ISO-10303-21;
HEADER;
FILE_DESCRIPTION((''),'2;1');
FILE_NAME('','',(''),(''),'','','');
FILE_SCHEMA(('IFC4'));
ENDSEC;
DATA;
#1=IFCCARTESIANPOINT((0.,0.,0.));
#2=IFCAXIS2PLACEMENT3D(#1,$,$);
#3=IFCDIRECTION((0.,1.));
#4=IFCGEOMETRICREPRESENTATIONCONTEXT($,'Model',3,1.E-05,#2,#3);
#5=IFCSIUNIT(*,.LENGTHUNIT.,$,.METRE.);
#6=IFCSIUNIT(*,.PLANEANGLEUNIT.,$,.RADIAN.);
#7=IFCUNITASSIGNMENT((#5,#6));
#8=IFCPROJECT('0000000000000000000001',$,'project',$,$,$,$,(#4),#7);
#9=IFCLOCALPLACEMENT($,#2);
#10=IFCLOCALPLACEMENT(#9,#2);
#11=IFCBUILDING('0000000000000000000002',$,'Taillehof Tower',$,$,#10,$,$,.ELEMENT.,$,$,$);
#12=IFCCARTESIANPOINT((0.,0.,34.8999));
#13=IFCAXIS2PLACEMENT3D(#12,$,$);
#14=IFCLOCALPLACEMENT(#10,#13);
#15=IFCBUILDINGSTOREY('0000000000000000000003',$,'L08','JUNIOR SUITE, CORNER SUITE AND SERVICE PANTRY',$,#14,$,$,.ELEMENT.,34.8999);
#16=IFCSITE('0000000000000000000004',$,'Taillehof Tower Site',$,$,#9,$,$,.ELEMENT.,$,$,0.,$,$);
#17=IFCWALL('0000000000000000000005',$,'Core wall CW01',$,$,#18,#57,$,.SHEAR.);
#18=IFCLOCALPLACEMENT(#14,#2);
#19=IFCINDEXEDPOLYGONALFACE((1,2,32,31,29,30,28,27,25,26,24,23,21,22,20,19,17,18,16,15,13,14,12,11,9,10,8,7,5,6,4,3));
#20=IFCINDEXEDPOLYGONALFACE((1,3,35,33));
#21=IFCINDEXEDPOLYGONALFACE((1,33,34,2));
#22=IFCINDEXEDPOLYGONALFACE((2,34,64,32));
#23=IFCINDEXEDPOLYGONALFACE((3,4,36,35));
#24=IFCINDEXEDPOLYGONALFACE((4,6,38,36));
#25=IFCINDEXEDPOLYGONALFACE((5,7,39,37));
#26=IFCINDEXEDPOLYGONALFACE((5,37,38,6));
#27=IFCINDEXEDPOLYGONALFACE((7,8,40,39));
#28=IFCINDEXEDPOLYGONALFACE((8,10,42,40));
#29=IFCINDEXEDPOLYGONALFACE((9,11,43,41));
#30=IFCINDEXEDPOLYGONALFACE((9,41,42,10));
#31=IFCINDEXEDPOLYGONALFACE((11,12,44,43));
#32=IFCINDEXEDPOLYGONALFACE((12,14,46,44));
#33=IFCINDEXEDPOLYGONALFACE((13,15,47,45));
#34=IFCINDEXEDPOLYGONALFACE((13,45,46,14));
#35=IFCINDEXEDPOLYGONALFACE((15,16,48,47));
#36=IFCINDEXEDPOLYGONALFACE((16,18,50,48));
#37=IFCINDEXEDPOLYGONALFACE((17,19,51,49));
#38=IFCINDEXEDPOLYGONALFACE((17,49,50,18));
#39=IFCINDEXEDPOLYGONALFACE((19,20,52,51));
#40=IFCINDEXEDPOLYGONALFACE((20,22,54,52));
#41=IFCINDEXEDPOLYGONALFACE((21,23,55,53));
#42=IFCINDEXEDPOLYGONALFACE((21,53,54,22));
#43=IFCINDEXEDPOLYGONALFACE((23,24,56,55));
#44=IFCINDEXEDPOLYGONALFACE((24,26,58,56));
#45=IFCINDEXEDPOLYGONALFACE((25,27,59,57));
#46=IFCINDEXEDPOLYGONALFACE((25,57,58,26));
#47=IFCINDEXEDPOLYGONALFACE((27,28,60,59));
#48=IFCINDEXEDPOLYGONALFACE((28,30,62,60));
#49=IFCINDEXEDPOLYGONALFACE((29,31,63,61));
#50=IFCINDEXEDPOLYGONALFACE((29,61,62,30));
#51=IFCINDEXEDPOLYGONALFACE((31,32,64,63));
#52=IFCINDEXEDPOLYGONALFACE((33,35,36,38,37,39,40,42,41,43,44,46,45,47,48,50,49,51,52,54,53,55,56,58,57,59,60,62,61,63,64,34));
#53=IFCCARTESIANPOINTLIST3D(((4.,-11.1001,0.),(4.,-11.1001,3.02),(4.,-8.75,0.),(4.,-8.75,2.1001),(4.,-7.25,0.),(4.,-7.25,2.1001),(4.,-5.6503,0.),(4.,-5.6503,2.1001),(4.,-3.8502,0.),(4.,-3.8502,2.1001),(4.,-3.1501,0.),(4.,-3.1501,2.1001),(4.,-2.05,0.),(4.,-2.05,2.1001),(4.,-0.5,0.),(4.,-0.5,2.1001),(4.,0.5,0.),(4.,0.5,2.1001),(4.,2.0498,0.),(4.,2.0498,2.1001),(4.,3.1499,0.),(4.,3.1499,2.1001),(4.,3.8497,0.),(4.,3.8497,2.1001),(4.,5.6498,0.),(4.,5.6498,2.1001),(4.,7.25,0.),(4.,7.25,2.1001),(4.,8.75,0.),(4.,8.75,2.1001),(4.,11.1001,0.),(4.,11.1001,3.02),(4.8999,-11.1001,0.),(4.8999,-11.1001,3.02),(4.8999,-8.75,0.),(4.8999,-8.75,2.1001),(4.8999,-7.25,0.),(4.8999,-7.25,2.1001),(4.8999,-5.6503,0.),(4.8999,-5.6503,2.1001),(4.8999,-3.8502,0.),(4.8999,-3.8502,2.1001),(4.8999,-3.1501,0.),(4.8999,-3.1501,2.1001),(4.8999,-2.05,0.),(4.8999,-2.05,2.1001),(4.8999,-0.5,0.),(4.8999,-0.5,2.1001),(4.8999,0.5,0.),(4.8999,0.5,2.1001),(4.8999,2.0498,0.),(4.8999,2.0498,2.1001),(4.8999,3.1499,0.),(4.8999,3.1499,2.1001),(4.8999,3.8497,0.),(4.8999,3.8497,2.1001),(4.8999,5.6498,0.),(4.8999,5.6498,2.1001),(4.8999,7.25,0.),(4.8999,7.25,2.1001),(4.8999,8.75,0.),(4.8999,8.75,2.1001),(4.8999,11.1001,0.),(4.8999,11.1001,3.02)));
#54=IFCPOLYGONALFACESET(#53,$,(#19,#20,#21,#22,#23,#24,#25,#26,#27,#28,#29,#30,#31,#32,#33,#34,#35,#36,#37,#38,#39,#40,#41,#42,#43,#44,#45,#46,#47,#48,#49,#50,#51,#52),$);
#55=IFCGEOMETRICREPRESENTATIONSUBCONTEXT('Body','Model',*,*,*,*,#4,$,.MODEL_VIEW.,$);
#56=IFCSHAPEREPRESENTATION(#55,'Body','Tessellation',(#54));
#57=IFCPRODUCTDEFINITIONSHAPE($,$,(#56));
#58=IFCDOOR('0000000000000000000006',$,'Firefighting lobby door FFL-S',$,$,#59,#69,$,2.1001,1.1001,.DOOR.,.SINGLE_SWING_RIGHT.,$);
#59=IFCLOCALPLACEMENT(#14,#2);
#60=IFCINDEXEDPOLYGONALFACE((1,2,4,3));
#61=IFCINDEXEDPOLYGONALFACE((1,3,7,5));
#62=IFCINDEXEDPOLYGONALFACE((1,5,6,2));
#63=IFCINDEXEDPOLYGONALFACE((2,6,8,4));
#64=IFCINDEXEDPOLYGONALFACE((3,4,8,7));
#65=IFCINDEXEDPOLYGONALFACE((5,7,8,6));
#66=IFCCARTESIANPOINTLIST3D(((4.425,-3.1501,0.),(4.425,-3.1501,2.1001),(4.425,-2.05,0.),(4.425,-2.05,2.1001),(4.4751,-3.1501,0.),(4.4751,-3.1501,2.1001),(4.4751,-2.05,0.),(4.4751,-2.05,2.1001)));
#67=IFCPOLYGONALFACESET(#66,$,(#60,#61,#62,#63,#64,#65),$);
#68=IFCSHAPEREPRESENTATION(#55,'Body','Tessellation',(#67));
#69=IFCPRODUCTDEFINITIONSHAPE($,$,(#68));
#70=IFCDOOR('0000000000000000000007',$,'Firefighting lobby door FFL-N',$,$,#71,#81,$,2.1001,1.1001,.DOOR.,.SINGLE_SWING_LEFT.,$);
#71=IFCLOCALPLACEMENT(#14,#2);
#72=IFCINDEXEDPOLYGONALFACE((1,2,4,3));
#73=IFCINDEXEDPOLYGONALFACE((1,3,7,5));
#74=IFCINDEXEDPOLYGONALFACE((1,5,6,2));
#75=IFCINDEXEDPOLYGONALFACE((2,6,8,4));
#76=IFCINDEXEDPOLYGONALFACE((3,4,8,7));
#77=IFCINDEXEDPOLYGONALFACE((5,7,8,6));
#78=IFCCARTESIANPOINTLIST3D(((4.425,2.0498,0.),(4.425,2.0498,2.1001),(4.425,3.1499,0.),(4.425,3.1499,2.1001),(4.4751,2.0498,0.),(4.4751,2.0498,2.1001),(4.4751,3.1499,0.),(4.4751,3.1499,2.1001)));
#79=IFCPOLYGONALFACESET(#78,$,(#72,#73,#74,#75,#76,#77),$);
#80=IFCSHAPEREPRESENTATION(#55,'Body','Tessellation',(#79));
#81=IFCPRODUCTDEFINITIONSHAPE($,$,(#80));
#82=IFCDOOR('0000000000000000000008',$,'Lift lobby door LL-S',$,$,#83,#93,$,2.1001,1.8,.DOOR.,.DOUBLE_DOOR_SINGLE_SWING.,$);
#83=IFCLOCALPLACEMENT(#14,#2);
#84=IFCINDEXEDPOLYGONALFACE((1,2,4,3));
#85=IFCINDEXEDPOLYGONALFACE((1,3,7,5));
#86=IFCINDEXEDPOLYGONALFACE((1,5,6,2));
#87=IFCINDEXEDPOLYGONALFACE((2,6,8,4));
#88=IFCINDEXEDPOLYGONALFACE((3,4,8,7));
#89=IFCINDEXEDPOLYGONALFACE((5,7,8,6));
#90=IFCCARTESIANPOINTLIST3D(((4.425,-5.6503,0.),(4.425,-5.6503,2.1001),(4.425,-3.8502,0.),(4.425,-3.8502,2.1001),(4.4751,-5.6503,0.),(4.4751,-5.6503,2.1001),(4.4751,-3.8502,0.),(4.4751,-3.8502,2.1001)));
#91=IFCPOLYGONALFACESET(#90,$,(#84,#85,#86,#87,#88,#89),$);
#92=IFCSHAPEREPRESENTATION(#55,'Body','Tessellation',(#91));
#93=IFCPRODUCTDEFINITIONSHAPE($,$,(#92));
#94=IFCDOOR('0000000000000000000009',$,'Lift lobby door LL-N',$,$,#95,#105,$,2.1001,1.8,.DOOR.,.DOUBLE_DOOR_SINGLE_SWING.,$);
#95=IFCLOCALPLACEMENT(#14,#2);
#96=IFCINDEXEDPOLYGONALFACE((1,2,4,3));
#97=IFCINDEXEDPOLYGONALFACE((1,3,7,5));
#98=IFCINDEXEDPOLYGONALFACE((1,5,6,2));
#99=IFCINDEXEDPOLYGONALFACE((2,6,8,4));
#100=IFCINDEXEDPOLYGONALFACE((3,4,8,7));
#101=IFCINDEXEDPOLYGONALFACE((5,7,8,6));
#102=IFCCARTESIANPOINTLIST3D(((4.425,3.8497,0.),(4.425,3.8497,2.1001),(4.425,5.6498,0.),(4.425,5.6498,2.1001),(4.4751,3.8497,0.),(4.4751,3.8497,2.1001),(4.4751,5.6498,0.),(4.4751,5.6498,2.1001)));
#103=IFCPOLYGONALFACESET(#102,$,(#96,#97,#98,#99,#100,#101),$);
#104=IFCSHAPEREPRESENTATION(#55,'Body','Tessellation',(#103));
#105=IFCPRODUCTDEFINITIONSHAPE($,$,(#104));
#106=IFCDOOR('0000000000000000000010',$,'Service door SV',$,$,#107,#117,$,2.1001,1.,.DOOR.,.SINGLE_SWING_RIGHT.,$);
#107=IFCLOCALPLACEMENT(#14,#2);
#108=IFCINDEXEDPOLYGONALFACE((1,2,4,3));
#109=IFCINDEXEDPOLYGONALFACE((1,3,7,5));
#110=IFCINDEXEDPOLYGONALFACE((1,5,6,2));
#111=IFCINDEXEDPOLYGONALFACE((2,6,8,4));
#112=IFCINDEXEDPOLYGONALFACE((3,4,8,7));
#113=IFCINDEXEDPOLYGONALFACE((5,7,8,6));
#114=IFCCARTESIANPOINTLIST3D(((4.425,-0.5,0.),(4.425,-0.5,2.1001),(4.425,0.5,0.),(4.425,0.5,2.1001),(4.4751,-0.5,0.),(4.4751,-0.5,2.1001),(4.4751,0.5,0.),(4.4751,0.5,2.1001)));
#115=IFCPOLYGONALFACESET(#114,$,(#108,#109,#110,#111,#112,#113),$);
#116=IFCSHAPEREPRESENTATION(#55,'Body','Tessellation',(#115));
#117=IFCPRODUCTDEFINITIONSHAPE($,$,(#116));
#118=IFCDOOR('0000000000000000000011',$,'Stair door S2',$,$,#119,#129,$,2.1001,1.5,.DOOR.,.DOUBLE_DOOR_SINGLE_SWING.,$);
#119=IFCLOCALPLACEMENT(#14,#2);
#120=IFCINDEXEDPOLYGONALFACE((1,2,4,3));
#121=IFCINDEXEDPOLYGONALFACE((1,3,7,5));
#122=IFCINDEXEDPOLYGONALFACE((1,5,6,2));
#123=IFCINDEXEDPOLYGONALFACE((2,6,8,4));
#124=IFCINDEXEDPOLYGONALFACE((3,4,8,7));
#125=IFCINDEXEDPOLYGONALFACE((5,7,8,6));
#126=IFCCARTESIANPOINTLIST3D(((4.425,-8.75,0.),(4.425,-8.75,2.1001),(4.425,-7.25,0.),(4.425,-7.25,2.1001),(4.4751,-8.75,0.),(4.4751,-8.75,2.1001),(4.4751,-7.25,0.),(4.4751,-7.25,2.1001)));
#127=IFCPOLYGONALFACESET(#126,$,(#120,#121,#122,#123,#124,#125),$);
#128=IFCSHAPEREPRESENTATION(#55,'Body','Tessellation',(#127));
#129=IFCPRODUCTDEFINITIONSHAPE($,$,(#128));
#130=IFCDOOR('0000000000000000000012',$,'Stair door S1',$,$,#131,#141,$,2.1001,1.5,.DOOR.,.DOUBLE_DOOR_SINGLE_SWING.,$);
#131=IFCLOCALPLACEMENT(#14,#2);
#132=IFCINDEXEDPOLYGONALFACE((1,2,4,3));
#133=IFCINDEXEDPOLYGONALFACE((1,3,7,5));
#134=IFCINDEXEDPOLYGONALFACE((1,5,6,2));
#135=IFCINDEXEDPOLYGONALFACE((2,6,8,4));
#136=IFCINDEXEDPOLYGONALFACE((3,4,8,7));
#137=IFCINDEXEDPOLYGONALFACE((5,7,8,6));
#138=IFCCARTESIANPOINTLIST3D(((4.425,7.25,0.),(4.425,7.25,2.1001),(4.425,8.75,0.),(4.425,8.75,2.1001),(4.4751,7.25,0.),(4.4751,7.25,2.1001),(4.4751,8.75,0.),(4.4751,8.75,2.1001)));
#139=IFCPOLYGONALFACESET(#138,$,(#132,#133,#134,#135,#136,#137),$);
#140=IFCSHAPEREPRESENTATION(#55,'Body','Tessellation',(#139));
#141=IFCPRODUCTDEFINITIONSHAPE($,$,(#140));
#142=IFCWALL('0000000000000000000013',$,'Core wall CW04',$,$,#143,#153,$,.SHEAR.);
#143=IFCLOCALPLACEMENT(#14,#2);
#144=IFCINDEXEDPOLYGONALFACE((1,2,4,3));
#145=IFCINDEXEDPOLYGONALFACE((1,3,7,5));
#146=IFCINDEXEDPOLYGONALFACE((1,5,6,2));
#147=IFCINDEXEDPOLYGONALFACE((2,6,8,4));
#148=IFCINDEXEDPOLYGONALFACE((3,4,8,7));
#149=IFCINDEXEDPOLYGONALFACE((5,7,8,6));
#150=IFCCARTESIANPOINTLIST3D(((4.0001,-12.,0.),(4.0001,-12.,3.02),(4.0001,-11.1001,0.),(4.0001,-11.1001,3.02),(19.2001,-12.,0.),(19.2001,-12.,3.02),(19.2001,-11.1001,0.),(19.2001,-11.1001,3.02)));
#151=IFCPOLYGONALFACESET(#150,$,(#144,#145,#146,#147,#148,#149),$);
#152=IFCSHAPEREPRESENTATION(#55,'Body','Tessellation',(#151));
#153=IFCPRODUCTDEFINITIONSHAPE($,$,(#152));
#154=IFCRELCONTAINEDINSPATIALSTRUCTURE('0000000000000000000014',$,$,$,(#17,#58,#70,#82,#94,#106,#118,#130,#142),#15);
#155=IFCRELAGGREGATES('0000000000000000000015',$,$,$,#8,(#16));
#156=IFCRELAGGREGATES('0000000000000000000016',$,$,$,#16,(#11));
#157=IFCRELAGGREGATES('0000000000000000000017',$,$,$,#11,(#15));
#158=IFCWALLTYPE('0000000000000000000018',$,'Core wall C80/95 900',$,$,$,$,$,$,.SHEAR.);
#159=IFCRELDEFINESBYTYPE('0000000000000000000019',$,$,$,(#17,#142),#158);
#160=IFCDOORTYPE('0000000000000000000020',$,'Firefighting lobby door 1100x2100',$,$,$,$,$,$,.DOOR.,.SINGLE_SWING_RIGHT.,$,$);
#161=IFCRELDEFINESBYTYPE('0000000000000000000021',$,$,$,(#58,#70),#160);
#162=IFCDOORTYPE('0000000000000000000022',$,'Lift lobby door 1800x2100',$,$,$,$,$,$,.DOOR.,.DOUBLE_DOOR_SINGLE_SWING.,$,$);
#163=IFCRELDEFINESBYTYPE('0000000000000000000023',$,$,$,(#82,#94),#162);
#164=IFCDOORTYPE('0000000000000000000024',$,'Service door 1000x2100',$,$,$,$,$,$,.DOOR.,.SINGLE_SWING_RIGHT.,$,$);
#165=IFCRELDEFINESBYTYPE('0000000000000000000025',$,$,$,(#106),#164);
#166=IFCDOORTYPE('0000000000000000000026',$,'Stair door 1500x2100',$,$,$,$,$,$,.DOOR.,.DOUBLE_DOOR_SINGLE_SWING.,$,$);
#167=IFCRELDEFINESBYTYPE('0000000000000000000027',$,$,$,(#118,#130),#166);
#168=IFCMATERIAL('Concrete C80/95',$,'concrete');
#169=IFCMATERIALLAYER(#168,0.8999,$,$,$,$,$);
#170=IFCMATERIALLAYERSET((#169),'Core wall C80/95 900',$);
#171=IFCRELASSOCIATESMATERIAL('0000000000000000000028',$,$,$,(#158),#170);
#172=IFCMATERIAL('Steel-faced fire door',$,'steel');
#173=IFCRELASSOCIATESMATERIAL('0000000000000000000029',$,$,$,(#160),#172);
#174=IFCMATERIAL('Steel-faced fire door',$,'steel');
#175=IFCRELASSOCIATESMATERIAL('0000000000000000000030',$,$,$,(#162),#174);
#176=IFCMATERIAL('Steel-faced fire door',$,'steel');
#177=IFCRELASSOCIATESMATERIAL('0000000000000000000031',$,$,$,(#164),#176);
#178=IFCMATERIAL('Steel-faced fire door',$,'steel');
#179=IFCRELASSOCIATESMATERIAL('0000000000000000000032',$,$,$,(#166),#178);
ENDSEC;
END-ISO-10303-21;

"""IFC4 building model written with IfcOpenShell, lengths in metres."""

from ifc_helpers import new_model, si_unit, direction, frame, frame_2d, origin, place, context, subcontext, project, spatial, rectangle, extrude, material, layer, layer_set, type_object, element, fill, save


model = new_model("IFC4")

# Units and contexts
model_context = context("Model", 3, precision=1e-05, world=origin(), true_north=direction((0.0, 1.0)))
body_context = subcontext(model_context, "Body", "Model", "MODEL_VIEW")
ifc_project = project(units=[si_unit("LENGTHUNIT", "METRE"), si_unit("PLANEANGLEUNIT", "RADIAN")], contexts=[model_context])

# Site, building, storey
site_placement = place(None, origin())
site = spatial("IfcSite", under=ifc_project, at=site_placement, Name="Taillehof Tower Site", CompositionType="ELEMENT", RefElevation=0.0)
building_placement = place(site_placement, origin())
building = spatial("IfcBuilding", under=site, at=building_placement, Name="Taillehof Tower", CompositionType="ELEMENT")
storey_placement = place(building_placement, frame((0.0, 0.0, 34.8999)))
storey = spatial("IfcBuildingStorey", under=building, at=storey_placement, Name="L08", Description="JUNIOR SUITE, CORNER SUITE AND SERVICE PANTRY", CompositionType="ELEMENT", Elevation=34.8999)

# Wall, openings, doors
ifc_material_1 = material(Name="Concrete C80/95", Category="concrete")
ifc_layer_1 = layer(ifc_material_1, 0.8999)
ifc_layer_set_1 = layer_set([ifc_layer_1], Name="Core wall C80/95 900")
wall_type_1 = type_object("IfcWallType", Name="Core wall C80/95 900", PredefinedType="SHEAR", material=ifc_layer_set_1)
wall_1_placement = place(storey_placement, frame((4.45, -11.1001, 0.0), z_axis=(0.0, 0.0, 1.0), x_axis=(0.0, 1.0, 0.0)))
wall_1 = element("IfcWall", 1, at=wall_1_placement, inside=storey, type_object=wall_type_1, Name="Core wall CW01", PredefinedType="SHEAR", context=body_context, shape_type="SweptSolid", body=[
    extrude(rectangle(XDim=22.2002, YDim=0.8999, at=frame_2d((11.1001, 0.0))), origin(), (0.0, 0.0, 1.0), 3.02),
])
opening_1_placement = place(wall_1_placement, frame((2.3501, 0.0, 0.0)))
opening_1 = element("IfcOpeningElement", 2, at=opening_1_placement, cuts=wall_1, PredefinedType="OPENING", context=body_context, shape_type="SweptSolid", body=[
    extrude(rectangle(XDim=1.5, YDim=2.1001, at=frame_2d((0.75, 1.05))), frame((0.0, 0.46, 0.0), z_axis=(0.0, -1.0, 0.0), x_axis=(1.0, 0.0, 0.0)), (0.0, 0.0, 1.0), 0.9199),
])
opening_2_placement = place(wall_1_placement, frame((5.45, 0.0, 0.0)))
opening_2 = element("IfcOpeningElement", 3, at=opening_2_placement, cuts=wall_1, PredefinedType="OPENING", context=body_context, shape_type="SweptSolid", body=[
    extrude(rectangle(XDim=1.8, YDim=2.1001, at=frame_2d((0.8999, 1.05))), frame((0.0, 0.46, 0.0), z_axis=(0.0, -1.0, 0.0), x_axis=(1.0, 0.0, 0.0)), (0.0, 0.0, 1.0), 0.9199),
])
opening_3_placement = place(wall_1_placement, frame((7.95, 0.0, 0.0)))
opening_3 = element("IfcOpeningElement", 4, at=opening_3_placement, cuts=wall_1, PredefinedType="OPENING", context=body_context, shape_type="SweptSolid", body=[
    extrude(rectangle(XDim=1.1001, YDim=2.1001, at=frame_2d((0.55, 1.05))), frame((0.0, 0.46, 0.0), z_axis=(0.0, -1.0, 0.0), x_axis=(1.0, 0.0, 0.0)), (0.0, 0.0, 1.0), 0.9199),
])
opening_4_placement = place(wall_1_placement, frame((10.6001, 0.0, 0.0)))
opening_4 = element("IfcOpeningElement", 5, at=opening_4_placement, cuts=wall_1, PredefinedType="OPENING", context=body_context, shape_type="SweptSolid", body=[
    extrude(rectangle(XDim=1.0, YDim=2.1001, at=frame_2d((0.5, 1.05))), frame((0.0, 0.46, 0.0), z_axis=(0.0, -1.0, 0.0), x_axis=(1.0, 0.0, 0.0)), (0.0, 0.0, 1.0), 0.9199),
])
opening_5_placement = place(wall_1_placement, frame((13.1499, 0.0, 0.0)))
opening_5 = element("IfcOpeningElement", 6, at=opening_5_placement, cuts=wall_1, PredefinedType="OPENING", context=body_context, shape_type="SweptSolid", body=[
    extrude(rectangle(XDim=1.1001, YDim=2.1001, at=frame_2d((0.55, 1.05))), frame((0.0, 0.46, 0.0), z_axis=(0.0, -1.0, 0.0), x_axis=(1.0, 0.0, 0.0)), (0.0, 0.0, 1.0), 0.9199),
])
opening_6_placement = place(wall_1_placement, frame((14.95, 0.0, 0.0)))
opening_6 = element("IfcOpeningElement", 7, at=opening_6_placement, cuts=wall_1, PredefinedType="OPENING", context=body_context, shape_type="SweptSolid", body=[
    extrude(rectangle(XDim=1.8, YDim=2.1001, at=frame_2d((0.8999, 1.05))), frame((0.0, 0.46, 0.0), z_axis=(0.0, -1.0, 0.0), x_axis=(1.0, 0.0, 0.0)), (0.0, 0.0, 1.0), 0.9199),
])
opening_7_placement = place(wall_1_placement, frame((18.3501, 0.0, 0.0)))
opening_7 = element("IfcOpeningElement", 8, at=opening_7_placement, cuts=wall_1, PredefinedType="OPENING", context=body_context, shape_type="SweptSolid", body=[
    extrude(rectangle(XDim=1.5, YDim=2.1001, at=frame_2d((0.75, 1.05))), frame((0.0, 0.46, 0.0), z_axis=(0.0, -1.0, 0.0), x_axis=(1.0, 0.0, 0.0)), (0.0, 0.0, 1.0), 0.9199),
])
ifc_material_2 = material(Name="Steel-faced fire door", Category="steel")
door_type_1 = type_object("IfcDoorType", Name="Firefighting lobby door 1100x2100", OperationType="SINGLE_SWING_RIGHT", PredefinedType="DOOR", material=ifc_material_2)
door_1_placement = place(opening_3_placement, origin())
door_1 = element("IfcDoor", 9, at=door_1_placement, inside=storey, type_object=door_type_1, Name="Firefighting lobby door FFL-S", OperationType="SINGLE_SWING_RIGHT", OverallHeight=2.1001, OverallWidth=1.1001, PredefinedType="DOOR", context=body_context, shape_type="SweptSolid", body=[
    extrude(rectangle(XDim=1.1001, YDim=2.1001, at=frame_2d((0.55, 1.05))), frame((0.0, 0.0249, 0.0), z_axis=(0.0, -1.0, 0.0), x_axis=(1.0, 0.0, 0.0)), (0.0, 0.0, 1.0), 0.05),
])
fill(opening_3, door_1)
door_2_placement = place(opening_5_placement, origin())
door_2 = element("IfcDoor", 10, at=door_2_placement, inside=storey, type_object=door_type_1, Name="Firefighting lobby door FFL-N", OperationType="SINGLE_SWING_LEFT", OverallHeight=2.1001, OverallWidth=1.1001, PredefinedType="DOOR", context=body_context, shape_type="SweptSolid", body=[
    extrude(rectangle(XDim=1.1001, YDim=2.1001, at=frame_2d((0.55, 1.05))), frame((0.0, 0.0249, 0.0), z_axis=(0.0, -1.0, 0.0), x_axis=(1.0, 0.0, 0.0)), (0.0, 0.0, 1.0), 0.05),
])
fill(opening_5, door_2)
ifc_material_3 = material(Name="Steel-faced fire door", Category="steel")
door_type_2 = type_object("IfcDoorType", Name="Lift lobby door 1800x2100", OperationType="DOUBLE_DOOR_SINGLE_SWING", PredefinedType="DOOR", material=ifc_material_3)
door_3_placement = place(opening_2_placement, origin())
door_3 = element("IfcDoor", 11, at=door_3_placement, inside=storey, type_object=door_type_2, Name="Lift lobby door LL-S", OperationType="DOUBLE_DOOR_SINGLE_SWING", OverallHeight=2.1001, OverallWidth=1.8, PredefinedType="DOOR", context=body_context, shape_type="SweptSolid", body=[
    extrude(rectangle(XDim=1.8, YDim=2.1001, at=frame_2d((0.8999, 1.05))), frame((0.0, 0.0249, 0.0), z_axis=(0.0, -1.0, 0.0), x_axis=(1.0, 0.0, 0.0)), (0.0, 0.0, 1.0), 0.05),
])
fill(opening_2, door_3)
door_4_placement = place(opening_6_placement, origin())
door_4 = element("IfcDoor", 12, at=door_4_placement, inside=storey, type_object=door_type_2, Name="Lift lobby door LL-N", OperationType="DOUBLE_DOOR_SINGLE_SWING", OverallHeight=2.1001, OverallWidth=1.8, PredefinedType="DOOR", context=body_context, shape_type="SweptSolid", body=[
    extrude(rectangle(XDim=1.8, YDim=2.1001, at=frame_2d((0.8999, 1.05))), frame((0.0, 0.0249, 0.0), z_axis=(0.0, -1.0, 0.0), x_axis=(1.0, 0.0, 0.0)), (0.0, 0.0, 1.0), 0.05),
])
fill(opening_6, door_4)
ifc_material_4 = material(Name="Steel-faced fire door", Category="steel")
door_type_3 = type_object("IfcDoorType", Name="Service door 1000x2100", OperationType="SINGLE_SWING_RIGHT", PredefinedType="DOOR", material=ifc_material_4)
door_5_placement = place(opening_4_placement, origin())
door_5 = element("IfcDoor", 13, at=door_5_placement, inside=storey, type_object=door_type_3, Name="Service door SV", OperationType="SINGLE_SWING_RIGHT", OverallHeight=2.1001, OverallWidth=1.0, PredefinedType="DOOR", context=body_context, shape_type="SweptSolid", body=[
    extrude(rectangle(XDim=1.0, YDim=2.1001, at=frame_2d((0.5, 1.05))), frame((0.0, 0.0249, 0.0), z_axis=(0.0, -1.0, 0.0), x_axis=(1.0, 0.0, 0.0)), (0.0, 0.0, 1.0), 0.05),
])
fill(opening_4, door_5)
ifc_material_5 = material(Name="Steel-faced fire door", Category="steel")
door_type_4 = type_object("IfcDoorType", Name="Stair door 1500x2100", OperationType="DOUBLE_DOOR_SINGLE_SWING", PredefinedType="DOOR", material=ifc_material_5)
door_6_placement = place(opening_1_placement, origin())
door_6 = element("IfcDoor", 14, at=door_6_placement, inside=storey, type_object=door_type_4, Name="Stair door S2", OperationType="DOUBLE_DOOR_SINGLE_SWING", OverallHeight=2.1001, OverallWidth=1.5, PredefinedType="DOOR", context=body_context, shape_type="SweptSolid", body=[
    extrude(rectangle(XDim=1.5, YDim=2.1001, at=frame_2d((0.75, 1.05))), frame((0.0, 0.0249, 0.0), z_axis=(0.0, -1.0, 0.0), x_axis=(1.0, 0.0, 0.0)), (0.0, 0.0, 1.0), 0.05),
])
fill(opening_1, door_6)
door_7_placement = place(opening_7_placement, origin())
door_7 = element("IfcDoor", 15, at=door_7_placement, inside=storey, type_object=door_type_4, Name="Stair door S1", OperationType="DOUBLE_DOOR_SINGLE_SWING", OverallHeight=2.1001, OverallWidth=1.5, PredefinedType="DOOR", context=body_context, shape_type="SweptSolid", body=[
    extrude(rectangle(XDim=1.5, YDim=2.1001, at=frame_2d((0.75, 1.05))), frame((0.0, 0.0249, 0.0), z_axis=(0.0, -1.0, 0.0), x_axis=(1.0, 0.0, 0.0)), (0.0, 0.0, 1.0), 0.05),
])
fill(opening_7, door_7)

# Wall
wall_2_placement = place(storey_placement, frame((4.0, -11.55, 0.0), z_axis=(0.0, 0.0, 1.0), x_axis=(1.0, 0.0, 0.0)))
element("IfcWall", 16, at=wall_2_placement, inside=storey, type_object=wall_type_1, Name="Core wall CW04", PredefinedType="SHEAR", context=body_context, shape_type="SweptSolid", body=[
    extrude(rectangle(XDim=15.2, YDim=0.8999, at=frame_2d((7.6001, 0.0))), origin(), (0.0, 0.0, 1.0), 3.02),
])

save(model, "model.ifc")
